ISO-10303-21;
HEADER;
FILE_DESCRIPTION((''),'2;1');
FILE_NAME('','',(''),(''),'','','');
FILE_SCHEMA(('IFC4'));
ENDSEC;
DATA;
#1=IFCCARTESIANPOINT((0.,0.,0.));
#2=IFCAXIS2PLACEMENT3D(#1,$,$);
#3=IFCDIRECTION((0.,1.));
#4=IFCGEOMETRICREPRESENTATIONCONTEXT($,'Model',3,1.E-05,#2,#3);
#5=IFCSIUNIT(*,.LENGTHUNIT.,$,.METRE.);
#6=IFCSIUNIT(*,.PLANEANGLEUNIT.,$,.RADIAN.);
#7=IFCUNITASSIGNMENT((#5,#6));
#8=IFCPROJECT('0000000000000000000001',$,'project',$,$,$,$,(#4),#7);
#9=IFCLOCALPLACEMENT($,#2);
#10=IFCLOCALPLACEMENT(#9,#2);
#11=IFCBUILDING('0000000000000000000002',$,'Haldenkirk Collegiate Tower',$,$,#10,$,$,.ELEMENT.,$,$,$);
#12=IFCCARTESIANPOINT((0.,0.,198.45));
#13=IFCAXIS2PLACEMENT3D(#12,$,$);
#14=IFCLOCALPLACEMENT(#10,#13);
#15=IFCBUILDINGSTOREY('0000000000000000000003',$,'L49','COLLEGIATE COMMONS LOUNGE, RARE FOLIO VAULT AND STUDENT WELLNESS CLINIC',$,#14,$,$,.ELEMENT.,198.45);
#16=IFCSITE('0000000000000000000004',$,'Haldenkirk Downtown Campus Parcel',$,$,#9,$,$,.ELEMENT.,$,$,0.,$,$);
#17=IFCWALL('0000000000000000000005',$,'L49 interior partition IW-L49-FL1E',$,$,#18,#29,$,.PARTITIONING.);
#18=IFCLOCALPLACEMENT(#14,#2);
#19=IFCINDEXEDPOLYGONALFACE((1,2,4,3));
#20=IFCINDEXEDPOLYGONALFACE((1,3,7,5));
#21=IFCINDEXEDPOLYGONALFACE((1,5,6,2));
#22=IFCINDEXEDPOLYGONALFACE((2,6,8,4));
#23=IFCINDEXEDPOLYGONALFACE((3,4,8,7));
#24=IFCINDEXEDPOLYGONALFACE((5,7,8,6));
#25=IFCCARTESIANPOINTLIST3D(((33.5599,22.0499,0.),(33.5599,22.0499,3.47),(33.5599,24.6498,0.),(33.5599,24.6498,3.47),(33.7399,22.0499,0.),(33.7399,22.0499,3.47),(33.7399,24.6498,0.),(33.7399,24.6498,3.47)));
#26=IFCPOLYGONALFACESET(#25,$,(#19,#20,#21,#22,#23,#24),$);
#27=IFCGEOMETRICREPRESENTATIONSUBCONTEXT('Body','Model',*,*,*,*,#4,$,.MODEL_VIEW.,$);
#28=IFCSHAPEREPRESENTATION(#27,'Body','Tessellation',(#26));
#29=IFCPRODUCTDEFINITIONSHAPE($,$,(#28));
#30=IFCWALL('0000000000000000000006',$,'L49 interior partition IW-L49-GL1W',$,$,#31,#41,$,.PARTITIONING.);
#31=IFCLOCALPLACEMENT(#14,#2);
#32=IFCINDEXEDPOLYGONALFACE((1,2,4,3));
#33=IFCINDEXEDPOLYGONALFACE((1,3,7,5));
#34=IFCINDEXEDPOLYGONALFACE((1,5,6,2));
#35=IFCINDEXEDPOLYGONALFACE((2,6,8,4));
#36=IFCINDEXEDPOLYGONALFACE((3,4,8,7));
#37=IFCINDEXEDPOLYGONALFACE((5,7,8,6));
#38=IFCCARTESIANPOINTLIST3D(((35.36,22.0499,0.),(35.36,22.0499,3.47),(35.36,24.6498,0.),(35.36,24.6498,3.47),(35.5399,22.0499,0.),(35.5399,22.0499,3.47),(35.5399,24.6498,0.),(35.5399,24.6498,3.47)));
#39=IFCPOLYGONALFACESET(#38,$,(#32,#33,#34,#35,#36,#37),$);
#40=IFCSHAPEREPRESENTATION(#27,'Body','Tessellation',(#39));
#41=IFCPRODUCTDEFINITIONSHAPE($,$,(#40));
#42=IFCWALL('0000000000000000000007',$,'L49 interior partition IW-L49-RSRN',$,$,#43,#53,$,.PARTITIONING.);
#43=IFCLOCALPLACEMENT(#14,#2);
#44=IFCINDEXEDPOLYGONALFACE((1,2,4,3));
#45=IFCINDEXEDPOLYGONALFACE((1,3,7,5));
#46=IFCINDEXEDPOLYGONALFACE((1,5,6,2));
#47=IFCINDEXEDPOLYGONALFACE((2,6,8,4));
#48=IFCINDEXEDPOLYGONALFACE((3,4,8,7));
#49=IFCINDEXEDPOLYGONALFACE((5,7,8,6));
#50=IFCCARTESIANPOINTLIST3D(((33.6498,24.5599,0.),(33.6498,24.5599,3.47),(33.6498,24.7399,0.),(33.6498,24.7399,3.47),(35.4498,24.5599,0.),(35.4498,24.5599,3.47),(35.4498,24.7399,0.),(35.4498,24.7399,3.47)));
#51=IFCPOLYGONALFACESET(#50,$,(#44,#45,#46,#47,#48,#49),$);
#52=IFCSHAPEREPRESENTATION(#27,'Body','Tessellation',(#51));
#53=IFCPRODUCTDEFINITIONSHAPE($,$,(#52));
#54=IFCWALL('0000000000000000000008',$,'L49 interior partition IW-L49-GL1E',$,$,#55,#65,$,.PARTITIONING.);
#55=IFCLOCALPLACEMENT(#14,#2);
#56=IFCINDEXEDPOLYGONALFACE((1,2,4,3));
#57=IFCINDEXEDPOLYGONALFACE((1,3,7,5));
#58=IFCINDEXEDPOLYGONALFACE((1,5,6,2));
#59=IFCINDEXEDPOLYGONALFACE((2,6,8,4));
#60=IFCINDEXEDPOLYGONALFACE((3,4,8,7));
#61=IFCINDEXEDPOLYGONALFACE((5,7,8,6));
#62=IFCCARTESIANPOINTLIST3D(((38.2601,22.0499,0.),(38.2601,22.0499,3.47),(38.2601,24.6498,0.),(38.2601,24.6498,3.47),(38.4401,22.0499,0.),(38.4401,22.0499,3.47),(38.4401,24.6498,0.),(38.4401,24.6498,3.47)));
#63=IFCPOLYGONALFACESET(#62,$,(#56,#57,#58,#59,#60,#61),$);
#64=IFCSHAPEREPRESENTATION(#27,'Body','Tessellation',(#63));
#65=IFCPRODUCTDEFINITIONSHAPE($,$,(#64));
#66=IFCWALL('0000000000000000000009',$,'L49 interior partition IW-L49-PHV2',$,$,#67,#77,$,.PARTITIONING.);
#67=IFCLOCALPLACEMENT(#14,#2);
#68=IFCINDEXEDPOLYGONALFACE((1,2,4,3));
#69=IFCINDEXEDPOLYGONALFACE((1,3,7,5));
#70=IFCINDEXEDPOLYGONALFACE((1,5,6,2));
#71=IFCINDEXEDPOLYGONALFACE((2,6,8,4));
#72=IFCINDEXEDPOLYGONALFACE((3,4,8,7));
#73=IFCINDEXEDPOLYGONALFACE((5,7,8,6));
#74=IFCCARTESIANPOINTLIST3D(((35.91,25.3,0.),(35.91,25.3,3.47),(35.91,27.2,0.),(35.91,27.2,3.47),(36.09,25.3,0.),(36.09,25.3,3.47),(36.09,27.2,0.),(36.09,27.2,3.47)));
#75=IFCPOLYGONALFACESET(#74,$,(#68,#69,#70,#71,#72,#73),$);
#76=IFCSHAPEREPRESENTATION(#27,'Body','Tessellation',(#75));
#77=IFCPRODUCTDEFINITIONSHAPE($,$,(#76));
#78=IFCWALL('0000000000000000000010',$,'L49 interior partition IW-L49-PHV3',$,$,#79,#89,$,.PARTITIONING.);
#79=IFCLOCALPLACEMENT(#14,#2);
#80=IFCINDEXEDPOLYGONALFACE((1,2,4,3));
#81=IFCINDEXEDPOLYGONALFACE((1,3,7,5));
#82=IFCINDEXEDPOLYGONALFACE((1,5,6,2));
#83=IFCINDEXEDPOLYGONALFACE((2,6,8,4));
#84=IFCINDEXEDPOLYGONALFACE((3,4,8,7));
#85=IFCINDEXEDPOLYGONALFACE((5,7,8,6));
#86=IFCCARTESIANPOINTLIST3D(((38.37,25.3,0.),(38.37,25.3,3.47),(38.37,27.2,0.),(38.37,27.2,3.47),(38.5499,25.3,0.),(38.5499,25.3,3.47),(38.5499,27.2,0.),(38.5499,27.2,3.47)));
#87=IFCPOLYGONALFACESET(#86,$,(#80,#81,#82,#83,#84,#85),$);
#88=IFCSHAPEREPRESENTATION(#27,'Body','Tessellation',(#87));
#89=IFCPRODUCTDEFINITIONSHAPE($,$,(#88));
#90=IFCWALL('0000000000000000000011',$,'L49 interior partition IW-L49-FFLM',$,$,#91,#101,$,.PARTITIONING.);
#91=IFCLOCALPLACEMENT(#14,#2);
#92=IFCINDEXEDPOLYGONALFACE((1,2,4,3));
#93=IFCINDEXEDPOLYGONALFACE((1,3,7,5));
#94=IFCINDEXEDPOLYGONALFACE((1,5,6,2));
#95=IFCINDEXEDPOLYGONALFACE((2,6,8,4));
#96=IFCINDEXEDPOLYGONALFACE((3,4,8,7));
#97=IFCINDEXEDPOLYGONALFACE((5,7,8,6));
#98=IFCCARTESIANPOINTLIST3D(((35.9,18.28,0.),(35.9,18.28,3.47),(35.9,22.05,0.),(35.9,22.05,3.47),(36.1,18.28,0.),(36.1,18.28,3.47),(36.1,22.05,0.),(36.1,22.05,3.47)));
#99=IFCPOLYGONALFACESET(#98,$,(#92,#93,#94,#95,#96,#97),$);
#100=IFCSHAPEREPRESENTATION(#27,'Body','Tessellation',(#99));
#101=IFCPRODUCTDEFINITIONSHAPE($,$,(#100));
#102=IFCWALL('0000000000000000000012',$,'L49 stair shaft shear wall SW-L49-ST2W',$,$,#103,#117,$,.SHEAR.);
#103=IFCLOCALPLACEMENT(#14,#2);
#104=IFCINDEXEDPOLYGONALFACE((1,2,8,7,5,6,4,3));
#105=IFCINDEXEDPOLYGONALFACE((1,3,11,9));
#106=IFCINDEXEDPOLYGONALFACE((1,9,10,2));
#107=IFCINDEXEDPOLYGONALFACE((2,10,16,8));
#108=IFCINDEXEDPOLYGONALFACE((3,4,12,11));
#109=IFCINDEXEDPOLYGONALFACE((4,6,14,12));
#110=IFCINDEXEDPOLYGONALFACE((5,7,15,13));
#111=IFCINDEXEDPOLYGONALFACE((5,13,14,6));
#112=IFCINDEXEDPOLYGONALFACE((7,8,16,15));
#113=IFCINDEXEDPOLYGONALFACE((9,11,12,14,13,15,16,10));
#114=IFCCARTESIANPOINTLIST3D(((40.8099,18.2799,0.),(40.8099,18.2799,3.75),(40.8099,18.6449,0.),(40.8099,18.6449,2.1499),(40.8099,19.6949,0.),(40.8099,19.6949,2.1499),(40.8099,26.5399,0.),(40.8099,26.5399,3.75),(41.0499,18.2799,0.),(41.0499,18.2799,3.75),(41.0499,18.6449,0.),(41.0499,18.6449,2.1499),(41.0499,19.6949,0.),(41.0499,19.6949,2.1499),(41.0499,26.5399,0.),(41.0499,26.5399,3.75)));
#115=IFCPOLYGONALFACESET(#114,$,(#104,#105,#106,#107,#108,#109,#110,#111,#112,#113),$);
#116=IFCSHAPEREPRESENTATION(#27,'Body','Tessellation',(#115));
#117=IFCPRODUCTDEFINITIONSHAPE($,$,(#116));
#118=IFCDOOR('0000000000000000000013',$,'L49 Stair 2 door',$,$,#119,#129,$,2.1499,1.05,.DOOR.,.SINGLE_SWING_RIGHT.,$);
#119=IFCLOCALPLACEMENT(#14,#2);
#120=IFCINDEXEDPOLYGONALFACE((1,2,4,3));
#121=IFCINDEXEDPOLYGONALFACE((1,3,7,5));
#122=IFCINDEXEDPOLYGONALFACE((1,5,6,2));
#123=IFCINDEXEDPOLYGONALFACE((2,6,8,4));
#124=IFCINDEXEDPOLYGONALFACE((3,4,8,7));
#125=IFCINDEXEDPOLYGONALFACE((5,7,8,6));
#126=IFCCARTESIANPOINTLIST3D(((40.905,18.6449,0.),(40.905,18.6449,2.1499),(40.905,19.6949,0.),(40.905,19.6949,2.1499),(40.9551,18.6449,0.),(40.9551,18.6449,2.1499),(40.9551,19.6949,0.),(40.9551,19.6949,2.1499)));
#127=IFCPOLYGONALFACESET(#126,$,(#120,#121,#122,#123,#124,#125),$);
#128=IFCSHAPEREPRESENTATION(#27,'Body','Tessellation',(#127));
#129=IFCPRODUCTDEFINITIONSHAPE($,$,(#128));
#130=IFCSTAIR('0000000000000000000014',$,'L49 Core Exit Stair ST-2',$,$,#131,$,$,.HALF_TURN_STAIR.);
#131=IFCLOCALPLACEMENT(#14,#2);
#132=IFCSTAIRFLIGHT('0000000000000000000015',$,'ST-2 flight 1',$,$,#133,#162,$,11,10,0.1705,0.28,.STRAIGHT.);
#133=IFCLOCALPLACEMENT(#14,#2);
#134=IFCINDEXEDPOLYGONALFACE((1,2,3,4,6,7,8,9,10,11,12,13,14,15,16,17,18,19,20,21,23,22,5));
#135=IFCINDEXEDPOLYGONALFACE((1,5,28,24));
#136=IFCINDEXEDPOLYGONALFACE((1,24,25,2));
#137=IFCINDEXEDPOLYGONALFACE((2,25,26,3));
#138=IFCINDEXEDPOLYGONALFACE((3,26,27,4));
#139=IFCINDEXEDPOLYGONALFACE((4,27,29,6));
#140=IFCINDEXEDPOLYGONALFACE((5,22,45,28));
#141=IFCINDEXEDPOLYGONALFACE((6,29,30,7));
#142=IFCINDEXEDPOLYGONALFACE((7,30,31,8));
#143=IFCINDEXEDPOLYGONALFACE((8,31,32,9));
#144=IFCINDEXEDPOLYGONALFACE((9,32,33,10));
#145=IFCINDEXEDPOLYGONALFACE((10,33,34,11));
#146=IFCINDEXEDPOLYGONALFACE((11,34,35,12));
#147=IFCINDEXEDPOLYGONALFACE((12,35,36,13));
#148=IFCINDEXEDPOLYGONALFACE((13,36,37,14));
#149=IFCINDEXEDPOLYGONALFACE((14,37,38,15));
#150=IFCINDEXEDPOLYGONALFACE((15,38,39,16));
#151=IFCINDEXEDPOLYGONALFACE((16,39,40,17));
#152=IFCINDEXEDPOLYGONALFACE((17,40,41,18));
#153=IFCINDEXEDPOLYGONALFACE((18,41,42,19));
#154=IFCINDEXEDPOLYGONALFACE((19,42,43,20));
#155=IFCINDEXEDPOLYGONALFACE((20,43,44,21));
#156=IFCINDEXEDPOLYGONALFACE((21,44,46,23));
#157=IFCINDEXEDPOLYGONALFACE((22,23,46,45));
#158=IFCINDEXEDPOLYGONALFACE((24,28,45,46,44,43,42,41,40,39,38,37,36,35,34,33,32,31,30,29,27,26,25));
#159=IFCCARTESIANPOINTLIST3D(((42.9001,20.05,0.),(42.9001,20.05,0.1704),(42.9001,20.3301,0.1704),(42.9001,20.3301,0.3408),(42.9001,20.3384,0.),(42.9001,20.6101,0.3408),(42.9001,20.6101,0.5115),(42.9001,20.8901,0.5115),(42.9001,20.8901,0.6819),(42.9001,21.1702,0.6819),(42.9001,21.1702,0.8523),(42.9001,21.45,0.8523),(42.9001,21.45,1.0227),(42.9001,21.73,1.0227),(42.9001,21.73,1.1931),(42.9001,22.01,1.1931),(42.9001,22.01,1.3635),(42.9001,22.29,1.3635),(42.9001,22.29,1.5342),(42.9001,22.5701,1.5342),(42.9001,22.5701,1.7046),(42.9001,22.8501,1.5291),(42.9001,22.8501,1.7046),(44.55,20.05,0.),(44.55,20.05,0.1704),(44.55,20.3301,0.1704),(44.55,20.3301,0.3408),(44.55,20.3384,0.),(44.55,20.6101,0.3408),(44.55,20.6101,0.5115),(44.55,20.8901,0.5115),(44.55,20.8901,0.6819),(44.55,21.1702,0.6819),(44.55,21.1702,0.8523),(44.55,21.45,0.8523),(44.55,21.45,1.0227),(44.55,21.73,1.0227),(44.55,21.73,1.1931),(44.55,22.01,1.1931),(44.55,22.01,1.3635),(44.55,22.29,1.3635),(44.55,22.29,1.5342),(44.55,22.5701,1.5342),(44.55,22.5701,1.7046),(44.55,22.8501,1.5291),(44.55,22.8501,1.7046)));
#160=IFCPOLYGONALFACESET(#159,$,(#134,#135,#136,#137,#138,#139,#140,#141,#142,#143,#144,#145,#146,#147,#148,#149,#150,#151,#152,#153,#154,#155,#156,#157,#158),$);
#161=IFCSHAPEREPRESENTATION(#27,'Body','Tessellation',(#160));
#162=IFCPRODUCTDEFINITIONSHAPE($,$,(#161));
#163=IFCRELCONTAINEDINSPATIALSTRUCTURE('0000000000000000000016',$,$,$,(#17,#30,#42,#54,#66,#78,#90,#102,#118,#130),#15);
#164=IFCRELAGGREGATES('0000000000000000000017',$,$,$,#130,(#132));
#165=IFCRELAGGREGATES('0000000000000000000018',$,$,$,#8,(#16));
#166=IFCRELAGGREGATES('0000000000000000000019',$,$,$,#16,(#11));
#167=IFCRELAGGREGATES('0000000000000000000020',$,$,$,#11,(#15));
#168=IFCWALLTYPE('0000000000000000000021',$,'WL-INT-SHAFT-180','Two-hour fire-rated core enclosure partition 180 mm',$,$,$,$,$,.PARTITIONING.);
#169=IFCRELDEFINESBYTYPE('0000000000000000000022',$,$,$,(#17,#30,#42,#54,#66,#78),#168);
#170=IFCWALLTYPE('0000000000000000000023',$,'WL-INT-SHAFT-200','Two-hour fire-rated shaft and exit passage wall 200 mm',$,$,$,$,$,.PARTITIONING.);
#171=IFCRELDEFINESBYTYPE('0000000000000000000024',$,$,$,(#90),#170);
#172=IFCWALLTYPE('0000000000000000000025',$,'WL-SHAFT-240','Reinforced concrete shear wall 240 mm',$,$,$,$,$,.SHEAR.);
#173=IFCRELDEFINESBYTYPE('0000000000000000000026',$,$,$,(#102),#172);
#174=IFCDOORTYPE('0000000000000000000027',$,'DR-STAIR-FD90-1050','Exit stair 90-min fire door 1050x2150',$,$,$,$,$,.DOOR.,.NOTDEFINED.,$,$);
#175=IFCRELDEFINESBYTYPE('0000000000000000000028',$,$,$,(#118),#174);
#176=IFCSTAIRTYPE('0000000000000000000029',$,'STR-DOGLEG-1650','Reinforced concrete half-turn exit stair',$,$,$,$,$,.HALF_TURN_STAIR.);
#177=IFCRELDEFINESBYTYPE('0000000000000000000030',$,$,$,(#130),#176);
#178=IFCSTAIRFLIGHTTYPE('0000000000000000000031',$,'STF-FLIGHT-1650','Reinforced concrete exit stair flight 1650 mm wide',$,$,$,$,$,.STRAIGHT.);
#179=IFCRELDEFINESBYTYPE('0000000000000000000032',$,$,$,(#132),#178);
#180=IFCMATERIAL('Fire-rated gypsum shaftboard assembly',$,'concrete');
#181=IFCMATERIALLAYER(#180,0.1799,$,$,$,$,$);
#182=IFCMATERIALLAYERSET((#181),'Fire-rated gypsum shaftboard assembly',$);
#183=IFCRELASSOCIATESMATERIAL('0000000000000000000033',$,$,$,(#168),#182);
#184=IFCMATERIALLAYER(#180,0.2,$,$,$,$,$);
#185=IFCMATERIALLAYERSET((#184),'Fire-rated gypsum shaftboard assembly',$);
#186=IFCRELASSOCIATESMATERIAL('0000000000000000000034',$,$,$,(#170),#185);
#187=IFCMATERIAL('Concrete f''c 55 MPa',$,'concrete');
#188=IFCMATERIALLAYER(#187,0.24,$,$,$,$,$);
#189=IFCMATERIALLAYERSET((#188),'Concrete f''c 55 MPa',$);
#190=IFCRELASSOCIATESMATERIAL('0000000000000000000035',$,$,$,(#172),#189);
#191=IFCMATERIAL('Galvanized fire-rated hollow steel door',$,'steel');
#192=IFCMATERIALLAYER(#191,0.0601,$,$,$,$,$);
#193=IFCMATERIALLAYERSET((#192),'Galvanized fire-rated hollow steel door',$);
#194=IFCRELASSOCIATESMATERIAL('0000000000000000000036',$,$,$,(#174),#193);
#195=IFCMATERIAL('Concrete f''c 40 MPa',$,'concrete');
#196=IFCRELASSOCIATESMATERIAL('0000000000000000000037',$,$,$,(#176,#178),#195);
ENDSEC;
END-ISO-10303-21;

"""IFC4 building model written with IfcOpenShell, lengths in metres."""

from ifc_helpers import new_model, si_unit, direction, frame, frame_2d, origin, place, context, subcontext, project, spatial, polyline, rectangle, outline, extrude, material, layer, layer_set, type_object, element, fill, aggregate, save


model = new_model("IFC4")

# Units and contexts
model_context = context("Model", 3, precision=1e-05, world=origin(), true_north=direction((0.0, 1.0)))
body_context = subcontext(model_context, "Body", "Model", "MODEL_VIEW")
ifc_project = project(units=[si_unit("LENGTHUNIT", "METRE"), si_unit("PLANEANGLEUNIT", "RADIAN")], contexts=[model_context])

# Site, building, storey
site_placement = place(None, origin())
site = spatial("IfcSite", under=ifc_project, at=site_placement, Name="Haldenkirk Downtown Campus Parcel", CompositionType="ELEMENT", RefElevation=0.0)
building_placement = place(site_placement, origin())
building = spatial("IfcBuilding", under=site, at=building_placement, Name="Haldenkirk Collegiate Tower", CompositionType="ELEMENT")
storey_placement = place(building_placement, frame((0.0, 0.0, 198.45)))
storey = spatial("IfcBuildingStorey", under=building, at=storey_placement, Name="L49", Description="COLLEGIATE COMMONS LOUNGE, RARE FOLIO VAULT AND STUDENT WELLNESS CLINIC", CompositionType="ELEMENT", Elevation=198.45)

# Walls
ifc_material_1 = material(Name="Fire-rated gypsum shaftboard assembly", Category="concrete")
ifc_layer_1 = layer(ifc_material_1, 0.1799)
ifc_layer_set_1 = layer_set([ifc_layer_1], Name="Fire-rated gypsum shaftboard assembly")
wall_type_1 = type_object("IfcWallType", Name="WL-INT-SHAFT-180", Description="Two-hour fire-rated core enclosure partition 180 mm", PredefinedType="PARTITIONING", material=ifc_layer_set_1)
for number, where, z_axis, x_axis, name in (
    (1, (33.6499, 22.05, 0.0), (0.0, 0.0, 1.0), (0.0, 1.0, 0.0), "L49 interior partition IW-L49-FL1E"),
    (2, (35.45, 22.05, 0.0), (0.0, 0.0, 1.0), (0.0, 1.0, 0.0), "L49 interior partition IW-L49-GL1W"),
):
    element("IfcWall", number, at=place(storey_placement, frame(where, z_axis=z_axis, x_axis=x_axis)), inside=storey, type_object=wall_type_1, Name=name, PredefinedType="PARTITIONING", context=body_context, shape_type="SweptSolid", body=[
        extrude(rectangle(XDim=2.5999, YDim=0.1799, at=frame_2d((1.2998, 0.0))), origin(), (0.0, 0.0, 1.0), 3.47),
    ])
wall_1_placement = place(storey_placement, frame((33.6499, 24.6499, 0.0), z_axis=(0.0, 0.0, 1.0), x_axis=(1.0, 0.0, 0.0)))
element("IfcWall", 3, at=wall_1_placement, inside=storey, type_object=wall_type_1, Name="L49 interior partition IW-L49-RSRN", PredefinedType="PARTITIONING", context=body_context, shape_type="SweptSolid", body=[
    extrude(rectangle(XDim=1.8, YDim=0.1799, at=frame_2d((0.8999, 0.0))), origin(), (0.0, 0.0, 1.0), 3.47),
])
wall_2_placement = place(storey_placement, frame((38.3501, 22.05, 0.0), z_axis=(0.0, 0.0, 1.0), x_axis=(0.0, 1.0, 0.0)))
element("IfcWall", 4, at=wall_2_placement, inside=storey, type_object=wall_type_1, Name="L49 interior partition IW-L49-GL1E", PredefinedType="PARTITIONING", context=body_context, shape_type="SweptSolid", body=[
    extrude(rectangle(XDim=2.5999, YDim=0.1799, at=frame_2d((1.2998, 0.0))), origin(), (0.0, 0.0, 1.0), 3.47),
])
for number, where, z_axis, x_axis, name in (
    (5, (36.0, 25.3, 0.0), (0.0, 0.0, 1.0), (0.0, 1.0, 0.0), "L49 interior partition IW-L49-PHV2"),
    (6, (38.46, 25.3, 0.0), (0.0, 0.0, 1.0), (0.0, 1.0, 0.0), "L49 interior partition IW-L49-PHV3"),
):
    element("IfcWall", number, at=place(storey_placement, frame(where, z_axis=z_axis, x_axis=x_axis)), inside=storey, type_object=wall_type_1, Name=name, PredefinedType="PARTITIONING", context=body_context, shape_type="SweptSolid", body=[
        extrude(rectangle(XDim=1.8999, YDim=0.1799, at=frame_2d((0.95, 0.0))), origin(), (0.0, 0.0, 1.0), 3.47),
    ])
ifc_layer_2 = layer(ifc_material_1, 0.2)
ifc_layer_set_2 = layer_set([ifc_layer_2], Name="Fire-rated gypsum shaftboard assembly")
wall_type_2 = type_object("IfcWallType", Name="WL-INT-SHAFT-200", Description="Two-hour fire-rated shaft and exit passage wall 200 mm", PredefinedType="PARTITIONING", material=ifc_layer_set_2)
wall_3_placement = place(storey_placement, frame((36.0, 18.28, 0.0), z_axis=(0.0, 0.0, 1.0), x_axis=(0.0, 1.0, 0.0)))
element("IfcWall", 7, at=wall_3_placement, inside=storey, type_object=wall_type_2, Name="L49 interior partition IW-L49-FFLM", PredefinedType="PARTITIONING", context=body_context, shape_type="SweptSolid", body=[
    extrude(rectangle(XDim=3.77, YDim=0.2, at=frame_2d((1.885, 0.0))), origin(), (0.0, 0.0, 1.0), 3.47),
])

# Wall, opening, door
ifc_material_2 = material(Name="Concrete f'c 55 MPa", Category="concrete")
ifc_layer_3 = layer(ifc_material_2, 0.24)
ifc_layer_set_3 = layer_set([ifc_layer_3], Name="Concrete f'c 55 MPa")
wall_type_3 = type_object("IfcWallType", Name="WL-SHAFT-240", Description="Reinforced concrete shear wall 240 mm", PredefinedType="SHEAR", material=ifc_layer_set_3)
wall_4_placement = place(storey_placement, frame((40.9299, 18.28, 0.0), z_axis=(0.0, 0.0, 1.0), x_axis=(0.0, 1.0, 0.0)))
wall_4 = element("IfcWall", 8, at=wall_4_placement, inside=storey, type_object=wall_type_3, Name="L49 stair shaft shear wall SW-L49-ST2W", PredefinedType="SHEAR", context=body_context, shape_type="SweptSolid", body=[
    extrude(rectangle(XDim=8.26, YDim=0.24, at=frame_2d((4.1299, 0.0))), origin(), (0.0, 0.0, 1.0), 3.75),
])
opening_1_placement = place(wall_4_placement, frame((0.365, 0.0, 0.0)))
opening_1 = element("IfcOpeningElement", 9, at=opening_1_placement, cuts=wall_4, PredefinedType="OPENING", context=body_context, shape_type="SweptSolid", body=[
    extrude(rectangle(XDim=1.05, YDim=2.1499, at=frame_2d((0.5249, 1.075))), frame((0.0, 0.1299, 0.0), z_axis=(0.0, -1.0, 0.0), x_axis=(1.0, 0.0, 0.0)), (0.0, 0.0, 1.0), 0.26),
])
ifc_material_3 = material(Name="Galvanized fire-rated hollow steel door", Category="steel")
ifc_layer_4 = layer(ifc_material_3, 0.0601)
ifc_layer_set_4 = layer_set([ifc_layer_4], Name="Galvanized fire-rated hollow steel door")
door_type_1 = type_object("IfcDoorType", Name="DR-STAIR-FD90-1050", Description="Exit stair 90-min fire door 1050x2150", OperationType="NOTDEFINED", PredefinedType="DOOR", material=ifc_layer_set_4)
door_1_placement = place(opening_1_placement, origin())
door_1 = element("IfcDoor", 10, at=door_1_placement, inside=storey, type_object=door_type_1, Name="L49 Stair 2 door", OperationType="SINGLE_SWING_RIGHT", OverallHeight=2.1499, OverallWidth=1.05, PredefinedType="DOOR", context=body_context, shape_type="SweptSolid", body=[
    extrude(rectangle(XDim=1.05, YDim=2.1499, at=frame_2d((0.5249, 1.075))), frame((0.0, 0.0249, 0.0), z_axis=(0.0, -1.0, 0.0), x_axis=(1.0, 0.0, 0.0)), (0.0, 0.0, 1.0), 0.05),
])
fill(opening_1, door_1)

# Stair, stair flight
ifc_material_4 = material(Name="Concrete f'c 40 MPa", Category="concrete")
stair_type = type_object("IfcStairType", Name="STR-DOGLEG-1650", Description="Reinforced concrete half-turn exit stair", PredefinedType="HALF_TURN_STAIR", material=ifc_material_4)
stair_placement = place(storey_placement, origin())
stair = element("IfcStair", 11, at=stair_placement, inside=storey, type_object=stair_type, Name="L49 Core Exit Stair ST-2", PredefinedType="HALF_TURN_STAIR")
stair_flight_type = type_object("IfcStairFlightType", Name="STF-FLIGHT-1650", Description="Reinforced concrete exit stair flight 1650 mm wide", PredefinedType="STRAIGHT", material=ifc_material_4)
stair_flight_1_placement = place(storey_placement, frame((43.7251, 20.05, 0.0), z_axis=(0.0, 0.0, 1.0), x_axis=(0.0, 1.0, 0.0)))
stair_flight_1 = element("IfcStairFlight", 12, at=stair_flight_1_placement, type_object=stair_flight_type, Name="ST-2 flight 1", NumberOfRisers=11, NumberOfTreads=10, PredefinedType="STRAIGHT", RiserHeight=0.1705, TreadLength=0.28, context=body_context, shape_type="SweptSolid", body=[
    extrude(outline(polyline([(0.0, 0.0), (0.0, 0.1704), (0.28, 0.1704), (0.28, 0.3408), (0.5601, 0.3408), (0.5601, 0.5115), (0.8401, 0.5115), (0.8401, 0.6819), (1.1201, 0.6819), (1.1201, 0.8523), (1.3999, 0.8523), (1.3999, 1.0227), (1.6799, 1.0227), (1.6799, 1.1931), (1.96, 1.1931), (1.96, 1.3635), (2.24, 1.3635), (2.24, 1.5342), (2.52, 1.5342), (2.52, 1.7046), (2.8, 1.7046), (2.8, 1.875), (2.8, 1.5291), (0.2883, 0.0), (0.0, 0.0)])), frame((0.0, 0.825, 0.0), z_axis=(0.0, -1.0, 0.0), x_axis=(1.0, 0.0, 0.0)), (0.0, 0.0, 1.0), 1.6499),
])
aggregate(stair, [stair_flight_1])

save(model, "model.ifc")
